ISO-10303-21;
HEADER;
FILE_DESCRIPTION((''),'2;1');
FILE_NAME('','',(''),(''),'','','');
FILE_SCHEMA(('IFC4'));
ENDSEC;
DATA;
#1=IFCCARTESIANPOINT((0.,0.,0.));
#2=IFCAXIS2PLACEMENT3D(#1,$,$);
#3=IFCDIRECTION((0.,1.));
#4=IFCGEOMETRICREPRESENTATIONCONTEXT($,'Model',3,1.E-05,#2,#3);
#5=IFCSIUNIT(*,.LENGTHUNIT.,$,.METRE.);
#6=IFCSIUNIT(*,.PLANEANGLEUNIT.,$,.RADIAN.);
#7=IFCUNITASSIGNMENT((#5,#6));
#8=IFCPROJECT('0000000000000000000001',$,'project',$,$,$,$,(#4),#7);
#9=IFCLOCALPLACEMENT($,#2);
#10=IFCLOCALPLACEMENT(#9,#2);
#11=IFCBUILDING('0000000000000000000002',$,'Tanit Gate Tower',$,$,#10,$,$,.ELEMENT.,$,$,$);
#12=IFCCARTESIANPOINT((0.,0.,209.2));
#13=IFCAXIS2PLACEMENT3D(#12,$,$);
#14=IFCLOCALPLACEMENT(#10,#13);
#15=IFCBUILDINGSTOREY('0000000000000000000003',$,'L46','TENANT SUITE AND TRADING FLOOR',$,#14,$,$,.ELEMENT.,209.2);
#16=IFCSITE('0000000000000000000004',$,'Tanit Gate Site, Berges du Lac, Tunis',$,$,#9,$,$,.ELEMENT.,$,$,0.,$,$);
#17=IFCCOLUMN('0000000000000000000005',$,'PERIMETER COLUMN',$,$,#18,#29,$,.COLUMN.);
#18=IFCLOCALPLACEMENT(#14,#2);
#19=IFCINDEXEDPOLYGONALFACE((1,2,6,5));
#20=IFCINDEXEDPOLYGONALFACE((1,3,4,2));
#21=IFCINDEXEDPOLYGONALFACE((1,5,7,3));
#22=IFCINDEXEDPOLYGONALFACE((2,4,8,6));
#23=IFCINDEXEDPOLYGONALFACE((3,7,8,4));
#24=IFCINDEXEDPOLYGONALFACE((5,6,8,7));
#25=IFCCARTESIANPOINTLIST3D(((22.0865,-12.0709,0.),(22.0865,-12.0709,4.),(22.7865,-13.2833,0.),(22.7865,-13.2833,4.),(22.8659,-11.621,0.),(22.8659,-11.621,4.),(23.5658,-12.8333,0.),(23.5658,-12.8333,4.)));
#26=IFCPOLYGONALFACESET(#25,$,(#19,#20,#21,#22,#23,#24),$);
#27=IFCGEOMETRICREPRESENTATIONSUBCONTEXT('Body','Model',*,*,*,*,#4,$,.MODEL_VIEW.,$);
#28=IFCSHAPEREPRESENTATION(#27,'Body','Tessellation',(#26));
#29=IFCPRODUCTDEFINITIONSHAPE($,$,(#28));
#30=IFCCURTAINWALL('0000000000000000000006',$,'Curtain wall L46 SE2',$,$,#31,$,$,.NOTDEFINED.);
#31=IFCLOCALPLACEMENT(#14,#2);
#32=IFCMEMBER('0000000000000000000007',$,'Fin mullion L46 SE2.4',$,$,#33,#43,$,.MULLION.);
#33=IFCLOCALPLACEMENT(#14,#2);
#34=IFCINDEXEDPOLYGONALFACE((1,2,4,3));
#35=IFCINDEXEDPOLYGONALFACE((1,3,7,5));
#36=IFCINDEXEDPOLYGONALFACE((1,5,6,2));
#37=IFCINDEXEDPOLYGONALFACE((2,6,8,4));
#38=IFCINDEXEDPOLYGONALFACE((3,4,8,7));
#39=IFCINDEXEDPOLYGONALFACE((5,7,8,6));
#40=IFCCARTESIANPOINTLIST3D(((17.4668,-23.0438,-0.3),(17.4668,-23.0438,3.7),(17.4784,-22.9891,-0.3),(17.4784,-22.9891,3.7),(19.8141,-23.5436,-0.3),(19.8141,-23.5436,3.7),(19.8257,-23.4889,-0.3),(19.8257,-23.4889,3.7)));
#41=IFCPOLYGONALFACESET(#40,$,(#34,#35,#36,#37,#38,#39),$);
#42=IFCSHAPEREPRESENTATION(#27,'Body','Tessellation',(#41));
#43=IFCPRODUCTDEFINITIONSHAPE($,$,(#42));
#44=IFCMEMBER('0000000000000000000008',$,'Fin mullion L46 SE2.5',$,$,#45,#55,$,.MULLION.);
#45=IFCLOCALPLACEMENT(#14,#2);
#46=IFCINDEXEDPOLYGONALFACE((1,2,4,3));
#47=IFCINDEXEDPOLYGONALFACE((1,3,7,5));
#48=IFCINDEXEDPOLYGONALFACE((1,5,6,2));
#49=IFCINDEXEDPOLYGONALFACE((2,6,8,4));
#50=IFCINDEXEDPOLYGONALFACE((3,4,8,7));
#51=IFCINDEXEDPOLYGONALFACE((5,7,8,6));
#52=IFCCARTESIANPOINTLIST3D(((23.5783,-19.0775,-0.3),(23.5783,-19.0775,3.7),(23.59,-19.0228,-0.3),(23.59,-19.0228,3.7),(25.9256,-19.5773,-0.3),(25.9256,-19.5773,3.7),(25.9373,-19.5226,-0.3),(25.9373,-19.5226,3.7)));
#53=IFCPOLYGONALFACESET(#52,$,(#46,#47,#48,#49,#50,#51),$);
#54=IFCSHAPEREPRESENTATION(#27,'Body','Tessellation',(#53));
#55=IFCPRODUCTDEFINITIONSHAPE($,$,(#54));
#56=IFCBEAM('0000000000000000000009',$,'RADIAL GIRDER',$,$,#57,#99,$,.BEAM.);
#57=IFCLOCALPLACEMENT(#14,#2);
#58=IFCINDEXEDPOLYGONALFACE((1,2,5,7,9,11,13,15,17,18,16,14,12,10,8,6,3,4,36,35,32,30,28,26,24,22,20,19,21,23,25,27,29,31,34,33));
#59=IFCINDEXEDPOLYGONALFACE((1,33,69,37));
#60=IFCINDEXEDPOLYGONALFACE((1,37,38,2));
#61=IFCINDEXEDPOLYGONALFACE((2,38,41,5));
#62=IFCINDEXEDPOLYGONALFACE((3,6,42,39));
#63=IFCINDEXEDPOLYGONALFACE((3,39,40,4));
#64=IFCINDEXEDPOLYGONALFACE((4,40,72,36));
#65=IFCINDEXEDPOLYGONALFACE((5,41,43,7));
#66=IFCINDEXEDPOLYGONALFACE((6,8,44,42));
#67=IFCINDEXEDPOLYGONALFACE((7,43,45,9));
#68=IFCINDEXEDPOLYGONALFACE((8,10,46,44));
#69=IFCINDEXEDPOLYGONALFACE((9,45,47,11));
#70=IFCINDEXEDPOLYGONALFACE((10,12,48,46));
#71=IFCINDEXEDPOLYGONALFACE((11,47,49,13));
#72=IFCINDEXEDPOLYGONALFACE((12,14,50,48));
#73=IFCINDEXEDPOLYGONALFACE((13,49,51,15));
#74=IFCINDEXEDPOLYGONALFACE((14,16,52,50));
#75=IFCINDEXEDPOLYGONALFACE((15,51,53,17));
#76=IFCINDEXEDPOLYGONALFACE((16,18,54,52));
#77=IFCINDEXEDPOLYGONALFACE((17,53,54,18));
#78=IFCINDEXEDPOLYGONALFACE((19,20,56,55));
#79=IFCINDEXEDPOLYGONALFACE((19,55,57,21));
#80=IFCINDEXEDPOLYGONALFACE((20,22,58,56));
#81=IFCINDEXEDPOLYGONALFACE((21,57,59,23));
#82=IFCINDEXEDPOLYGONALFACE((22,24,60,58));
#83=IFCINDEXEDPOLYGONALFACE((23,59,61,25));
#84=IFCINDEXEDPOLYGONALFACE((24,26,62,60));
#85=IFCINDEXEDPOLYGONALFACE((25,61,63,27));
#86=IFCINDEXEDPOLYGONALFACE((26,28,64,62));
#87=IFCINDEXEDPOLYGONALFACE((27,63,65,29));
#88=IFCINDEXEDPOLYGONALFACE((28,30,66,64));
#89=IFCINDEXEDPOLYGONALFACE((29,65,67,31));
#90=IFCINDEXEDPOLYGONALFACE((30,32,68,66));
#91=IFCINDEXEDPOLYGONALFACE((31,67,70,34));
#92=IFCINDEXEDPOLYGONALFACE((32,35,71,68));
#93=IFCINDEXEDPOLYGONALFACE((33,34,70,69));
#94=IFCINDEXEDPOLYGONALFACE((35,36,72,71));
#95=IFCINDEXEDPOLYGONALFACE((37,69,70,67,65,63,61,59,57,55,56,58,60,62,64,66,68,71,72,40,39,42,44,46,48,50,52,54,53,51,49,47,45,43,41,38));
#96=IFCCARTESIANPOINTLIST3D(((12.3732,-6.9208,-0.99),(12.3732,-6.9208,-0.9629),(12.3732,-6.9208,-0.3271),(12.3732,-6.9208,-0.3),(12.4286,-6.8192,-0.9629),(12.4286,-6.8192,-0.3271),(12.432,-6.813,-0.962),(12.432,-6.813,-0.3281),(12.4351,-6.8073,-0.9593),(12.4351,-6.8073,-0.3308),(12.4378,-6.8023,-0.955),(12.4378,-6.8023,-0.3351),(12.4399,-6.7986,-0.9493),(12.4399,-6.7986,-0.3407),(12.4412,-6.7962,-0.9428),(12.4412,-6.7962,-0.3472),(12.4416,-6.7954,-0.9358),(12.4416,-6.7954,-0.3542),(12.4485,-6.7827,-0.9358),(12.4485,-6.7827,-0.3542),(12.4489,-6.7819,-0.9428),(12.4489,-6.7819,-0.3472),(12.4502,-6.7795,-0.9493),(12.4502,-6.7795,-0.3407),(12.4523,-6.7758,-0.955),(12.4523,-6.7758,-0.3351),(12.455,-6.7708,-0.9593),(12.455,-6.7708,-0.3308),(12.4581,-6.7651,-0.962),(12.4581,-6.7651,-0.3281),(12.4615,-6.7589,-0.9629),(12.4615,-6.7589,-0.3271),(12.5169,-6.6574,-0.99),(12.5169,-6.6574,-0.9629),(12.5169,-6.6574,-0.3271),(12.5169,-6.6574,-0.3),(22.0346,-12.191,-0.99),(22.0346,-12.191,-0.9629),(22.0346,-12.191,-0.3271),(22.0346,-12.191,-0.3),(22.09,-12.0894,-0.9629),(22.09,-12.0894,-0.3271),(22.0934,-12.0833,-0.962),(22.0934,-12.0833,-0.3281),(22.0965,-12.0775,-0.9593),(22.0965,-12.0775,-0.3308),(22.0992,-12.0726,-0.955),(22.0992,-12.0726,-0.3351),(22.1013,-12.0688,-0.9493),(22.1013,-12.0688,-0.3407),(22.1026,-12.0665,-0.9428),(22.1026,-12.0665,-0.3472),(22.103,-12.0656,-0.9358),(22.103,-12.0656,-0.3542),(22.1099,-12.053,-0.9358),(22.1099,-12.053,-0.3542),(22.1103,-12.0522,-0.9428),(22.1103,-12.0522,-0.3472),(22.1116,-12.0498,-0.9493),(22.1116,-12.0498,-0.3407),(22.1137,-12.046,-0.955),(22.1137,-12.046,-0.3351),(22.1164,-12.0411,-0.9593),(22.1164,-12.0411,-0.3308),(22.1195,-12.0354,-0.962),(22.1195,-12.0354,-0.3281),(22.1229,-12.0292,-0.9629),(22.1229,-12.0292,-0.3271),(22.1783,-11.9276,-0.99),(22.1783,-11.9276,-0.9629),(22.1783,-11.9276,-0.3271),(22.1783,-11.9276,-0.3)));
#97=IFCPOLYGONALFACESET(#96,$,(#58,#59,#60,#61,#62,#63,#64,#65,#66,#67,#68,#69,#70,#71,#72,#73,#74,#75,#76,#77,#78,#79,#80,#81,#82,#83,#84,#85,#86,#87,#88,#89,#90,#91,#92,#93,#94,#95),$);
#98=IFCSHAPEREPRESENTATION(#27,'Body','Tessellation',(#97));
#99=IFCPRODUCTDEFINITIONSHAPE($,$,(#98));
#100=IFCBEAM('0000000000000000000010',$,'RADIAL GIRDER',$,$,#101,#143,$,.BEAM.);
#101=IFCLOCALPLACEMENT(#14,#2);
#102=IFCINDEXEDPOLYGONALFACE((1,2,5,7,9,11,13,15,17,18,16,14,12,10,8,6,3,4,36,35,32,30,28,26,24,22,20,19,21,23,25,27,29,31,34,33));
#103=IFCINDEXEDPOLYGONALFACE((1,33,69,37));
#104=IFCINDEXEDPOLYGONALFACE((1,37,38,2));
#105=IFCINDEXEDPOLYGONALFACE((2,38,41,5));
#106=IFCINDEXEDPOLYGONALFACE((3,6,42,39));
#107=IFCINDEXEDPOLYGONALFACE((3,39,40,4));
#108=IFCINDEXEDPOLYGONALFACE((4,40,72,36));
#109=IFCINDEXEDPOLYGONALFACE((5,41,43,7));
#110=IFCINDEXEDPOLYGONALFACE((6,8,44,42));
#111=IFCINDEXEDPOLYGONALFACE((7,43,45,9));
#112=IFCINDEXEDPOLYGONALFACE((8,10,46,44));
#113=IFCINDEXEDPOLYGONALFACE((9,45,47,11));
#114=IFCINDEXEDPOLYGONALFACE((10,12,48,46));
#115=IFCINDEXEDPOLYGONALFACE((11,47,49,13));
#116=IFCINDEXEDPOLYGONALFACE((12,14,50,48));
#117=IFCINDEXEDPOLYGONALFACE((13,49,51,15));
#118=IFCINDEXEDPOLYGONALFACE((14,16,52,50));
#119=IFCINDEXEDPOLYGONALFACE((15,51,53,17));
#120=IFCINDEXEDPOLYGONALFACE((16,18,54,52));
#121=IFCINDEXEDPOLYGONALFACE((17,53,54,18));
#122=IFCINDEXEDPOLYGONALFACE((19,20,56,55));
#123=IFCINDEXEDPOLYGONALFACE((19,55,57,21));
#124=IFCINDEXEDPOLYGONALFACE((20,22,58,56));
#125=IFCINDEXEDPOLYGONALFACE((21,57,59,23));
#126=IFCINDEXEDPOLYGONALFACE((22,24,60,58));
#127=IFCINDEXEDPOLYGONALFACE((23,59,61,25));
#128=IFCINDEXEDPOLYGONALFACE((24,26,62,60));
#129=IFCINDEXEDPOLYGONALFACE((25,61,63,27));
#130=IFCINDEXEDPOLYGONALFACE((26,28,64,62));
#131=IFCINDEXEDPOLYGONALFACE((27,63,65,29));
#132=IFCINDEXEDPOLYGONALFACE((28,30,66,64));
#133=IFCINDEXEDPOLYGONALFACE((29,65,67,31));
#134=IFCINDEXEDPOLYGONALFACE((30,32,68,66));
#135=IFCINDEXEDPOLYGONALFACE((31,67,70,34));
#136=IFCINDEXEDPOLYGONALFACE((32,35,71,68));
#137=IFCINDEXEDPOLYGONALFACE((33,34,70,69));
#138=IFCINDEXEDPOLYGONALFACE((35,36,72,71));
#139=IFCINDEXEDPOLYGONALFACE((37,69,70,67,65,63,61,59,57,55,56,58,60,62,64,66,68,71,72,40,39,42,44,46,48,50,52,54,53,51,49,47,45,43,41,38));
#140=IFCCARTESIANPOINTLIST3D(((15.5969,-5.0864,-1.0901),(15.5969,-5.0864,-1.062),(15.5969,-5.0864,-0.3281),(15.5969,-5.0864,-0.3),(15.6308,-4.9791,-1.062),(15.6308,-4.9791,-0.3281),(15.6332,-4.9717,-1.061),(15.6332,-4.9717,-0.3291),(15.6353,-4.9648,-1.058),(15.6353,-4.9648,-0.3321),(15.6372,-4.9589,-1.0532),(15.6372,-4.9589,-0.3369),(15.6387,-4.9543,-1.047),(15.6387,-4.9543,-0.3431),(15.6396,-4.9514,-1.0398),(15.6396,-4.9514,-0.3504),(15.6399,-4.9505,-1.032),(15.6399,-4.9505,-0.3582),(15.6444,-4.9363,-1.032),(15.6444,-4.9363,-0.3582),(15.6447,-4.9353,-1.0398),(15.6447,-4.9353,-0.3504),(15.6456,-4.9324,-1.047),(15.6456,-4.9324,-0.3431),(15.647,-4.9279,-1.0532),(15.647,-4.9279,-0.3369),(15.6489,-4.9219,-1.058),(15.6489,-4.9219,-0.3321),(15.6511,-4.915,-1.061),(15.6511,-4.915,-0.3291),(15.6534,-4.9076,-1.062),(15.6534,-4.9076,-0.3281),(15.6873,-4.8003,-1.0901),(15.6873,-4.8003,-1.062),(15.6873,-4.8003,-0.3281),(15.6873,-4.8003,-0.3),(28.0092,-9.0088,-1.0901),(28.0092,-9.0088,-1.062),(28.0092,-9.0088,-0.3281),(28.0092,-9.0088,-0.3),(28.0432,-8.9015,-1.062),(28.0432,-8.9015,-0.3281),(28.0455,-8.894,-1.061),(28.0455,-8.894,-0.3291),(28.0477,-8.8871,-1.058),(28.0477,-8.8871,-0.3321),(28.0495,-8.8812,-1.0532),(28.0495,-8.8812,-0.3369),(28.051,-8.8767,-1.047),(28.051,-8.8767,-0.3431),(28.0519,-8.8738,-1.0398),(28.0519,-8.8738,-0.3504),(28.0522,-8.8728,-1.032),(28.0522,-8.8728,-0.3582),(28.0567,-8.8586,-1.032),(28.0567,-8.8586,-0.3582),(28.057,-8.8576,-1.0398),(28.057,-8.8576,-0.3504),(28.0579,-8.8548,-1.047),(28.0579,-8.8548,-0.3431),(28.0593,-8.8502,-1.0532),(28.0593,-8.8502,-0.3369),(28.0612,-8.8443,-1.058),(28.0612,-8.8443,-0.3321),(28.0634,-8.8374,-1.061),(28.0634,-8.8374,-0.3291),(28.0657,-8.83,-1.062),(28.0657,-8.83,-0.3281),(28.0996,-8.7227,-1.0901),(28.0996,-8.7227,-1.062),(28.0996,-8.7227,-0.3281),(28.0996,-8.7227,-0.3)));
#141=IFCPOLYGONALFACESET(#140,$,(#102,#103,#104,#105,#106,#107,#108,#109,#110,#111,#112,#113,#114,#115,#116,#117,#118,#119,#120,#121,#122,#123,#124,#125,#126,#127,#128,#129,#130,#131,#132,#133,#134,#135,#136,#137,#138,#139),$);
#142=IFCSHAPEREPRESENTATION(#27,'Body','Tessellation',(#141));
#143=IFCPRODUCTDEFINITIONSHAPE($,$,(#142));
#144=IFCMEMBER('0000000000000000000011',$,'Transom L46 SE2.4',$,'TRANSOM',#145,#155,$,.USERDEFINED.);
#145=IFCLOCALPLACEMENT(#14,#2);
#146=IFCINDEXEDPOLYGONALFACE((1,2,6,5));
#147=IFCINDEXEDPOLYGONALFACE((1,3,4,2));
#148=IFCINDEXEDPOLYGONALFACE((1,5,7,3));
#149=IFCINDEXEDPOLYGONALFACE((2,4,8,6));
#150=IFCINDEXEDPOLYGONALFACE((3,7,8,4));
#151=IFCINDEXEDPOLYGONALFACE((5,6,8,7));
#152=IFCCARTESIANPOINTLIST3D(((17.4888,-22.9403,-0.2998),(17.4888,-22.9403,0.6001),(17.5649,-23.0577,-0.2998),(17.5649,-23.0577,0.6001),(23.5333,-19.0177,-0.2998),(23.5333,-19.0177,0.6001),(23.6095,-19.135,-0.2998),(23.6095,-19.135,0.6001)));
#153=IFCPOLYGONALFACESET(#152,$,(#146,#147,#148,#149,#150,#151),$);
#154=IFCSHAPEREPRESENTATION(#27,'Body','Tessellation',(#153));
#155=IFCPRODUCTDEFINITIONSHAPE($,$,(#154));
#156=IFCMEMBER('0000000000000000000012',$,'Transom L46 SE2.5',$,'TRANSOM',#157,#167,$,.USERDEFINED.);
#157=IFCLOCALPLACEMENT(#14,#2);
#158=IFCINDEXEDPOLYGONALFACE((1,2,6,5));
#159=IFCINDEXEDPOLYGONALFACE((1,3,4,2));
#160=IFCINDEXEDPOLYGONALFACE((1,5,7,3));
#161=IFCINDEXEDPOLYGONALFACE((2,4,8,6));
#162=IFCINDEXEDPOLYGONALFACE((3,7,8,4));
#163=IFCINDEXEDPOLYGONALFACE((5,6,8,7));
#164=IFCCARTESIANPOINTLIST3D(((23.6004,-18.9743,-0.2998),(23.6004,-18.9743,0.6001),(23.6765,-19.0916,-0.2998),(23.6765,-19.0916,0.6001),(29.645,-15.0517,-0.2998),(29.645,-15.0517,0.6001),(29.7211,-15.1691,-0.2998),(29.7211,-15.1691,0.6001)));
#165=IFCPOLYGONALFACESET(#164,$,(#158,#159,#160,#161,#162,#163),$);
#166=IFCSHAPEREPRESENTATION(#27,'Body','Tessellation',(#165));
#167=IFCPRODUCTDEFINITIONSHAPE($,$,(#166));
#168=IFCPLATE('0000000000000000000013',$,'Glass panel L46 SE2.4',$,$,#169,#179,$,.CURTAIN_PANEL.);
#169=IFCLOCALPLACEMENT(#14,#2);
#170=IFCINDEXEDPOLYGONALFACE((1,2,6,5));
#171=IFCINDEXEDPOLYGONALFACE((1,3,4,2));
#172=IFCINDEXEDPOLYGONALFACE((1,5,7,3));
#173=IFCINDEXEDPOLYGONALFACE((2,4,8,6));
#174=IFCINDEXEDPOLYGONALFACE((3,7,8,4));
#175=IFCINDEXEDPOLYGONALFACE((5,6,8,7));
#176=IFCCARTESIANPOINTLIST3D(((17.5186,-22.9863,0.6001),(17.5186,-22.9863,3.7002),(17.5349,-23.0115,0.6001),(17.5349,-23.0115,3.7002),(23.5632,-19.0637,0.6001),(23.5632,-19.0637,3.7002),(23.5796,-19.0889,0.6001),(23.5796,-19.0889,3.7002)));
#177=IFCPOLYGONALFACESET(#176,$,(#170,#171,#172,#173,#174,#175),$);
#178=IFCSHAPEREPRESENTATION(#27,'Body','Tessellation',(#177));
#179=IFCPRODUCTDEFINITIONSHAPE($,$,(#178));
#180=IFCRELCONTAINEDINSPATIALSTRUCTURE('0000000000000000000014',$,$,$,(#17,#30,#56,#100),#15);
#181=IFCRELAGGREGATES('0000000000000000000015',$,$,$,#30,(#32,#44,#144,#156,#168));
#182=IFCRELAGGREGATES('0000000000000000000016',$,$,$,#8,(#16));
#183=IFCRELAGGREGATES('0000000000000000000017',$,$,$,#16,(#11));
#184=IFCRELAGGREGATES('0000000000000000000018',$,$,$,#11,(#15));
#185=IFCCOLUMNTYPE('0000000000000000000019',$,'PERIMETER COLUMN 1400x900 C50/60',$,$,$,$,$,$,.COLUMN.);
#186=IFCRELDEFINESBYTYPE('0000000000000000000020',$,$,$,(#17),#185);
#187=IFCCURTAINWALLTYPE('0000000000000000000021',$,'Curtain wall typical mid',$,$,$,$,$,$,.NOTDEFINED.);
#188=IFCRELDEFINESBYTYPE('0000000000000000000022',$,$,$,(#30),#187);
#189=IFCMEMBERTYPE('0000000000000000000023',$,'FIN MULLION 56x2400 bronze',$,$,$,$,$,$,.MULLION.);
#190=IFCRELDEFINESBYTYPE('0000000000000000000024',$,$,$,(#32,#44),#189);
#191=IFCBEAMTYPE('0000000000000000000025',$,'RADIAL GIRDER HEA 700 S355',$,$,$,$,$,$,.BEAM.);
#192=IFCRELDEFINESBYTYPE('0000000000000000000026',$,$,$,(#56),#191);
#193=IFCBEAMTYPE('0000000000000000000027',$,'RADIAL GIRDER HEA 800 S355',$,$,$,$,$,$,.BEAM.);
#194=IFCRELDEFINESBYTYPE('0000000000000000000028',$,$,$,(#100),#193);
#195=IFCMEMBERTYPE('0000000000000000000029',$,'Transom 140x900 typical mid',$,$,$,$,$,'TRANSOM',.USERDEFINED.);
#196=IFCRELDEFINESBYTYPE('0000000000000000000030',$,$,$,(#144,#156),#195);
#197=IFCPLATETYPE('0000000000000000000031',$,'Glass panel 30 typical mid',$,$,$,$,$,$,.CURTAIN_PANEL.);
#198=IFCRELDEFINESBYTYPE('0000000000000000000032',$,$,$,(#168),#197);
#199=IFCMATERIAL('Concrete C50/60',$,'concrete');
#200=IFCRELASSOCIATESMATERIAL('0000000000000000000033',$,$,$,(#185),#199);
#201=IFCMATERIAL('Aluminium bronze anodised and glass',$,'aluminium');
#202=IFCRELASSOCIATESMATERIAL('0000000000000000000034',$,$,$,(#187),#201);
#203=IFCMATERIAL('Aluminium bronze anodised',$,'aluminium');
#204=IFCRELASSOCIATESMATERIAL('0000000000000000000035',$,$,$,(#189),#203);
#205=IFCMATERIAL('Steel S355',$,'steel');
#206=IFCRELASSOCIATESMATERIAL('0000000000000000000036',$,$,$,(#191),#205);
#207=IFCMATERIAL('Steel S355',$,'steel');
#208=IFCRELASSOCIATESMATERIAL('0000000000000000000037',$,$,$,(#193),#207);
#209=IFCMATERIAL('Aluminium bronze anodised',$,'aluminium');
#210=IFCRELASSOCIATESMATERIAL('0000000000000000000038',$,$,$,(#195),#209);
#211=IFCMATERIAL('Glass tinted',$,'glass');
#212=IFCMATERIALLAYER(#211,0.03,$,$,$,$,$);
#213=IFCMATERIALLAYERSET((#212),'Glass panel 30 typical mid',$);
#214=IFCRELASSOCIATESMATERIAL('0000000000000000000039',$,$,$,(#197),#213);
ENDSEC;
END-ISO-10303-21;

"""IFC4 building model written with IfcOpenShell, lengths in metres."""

from ifc_helpers import new_model, si_unit, direction, frame, origin, origin_2d, place, context, subcontext, project, spatial, rectangle, i_section, extrude, material, layer, layer_set, material_profile, profile_set, type_object, element, aggregate, save


model = new_model("IFC4")

# Units and contexts
model_context = context("Model", 3, precision=1e-05, world=origin(), true_north=direction((0.0, 1.0)))
body_context = subcontext(model_context, "Body", "Model", "MODEL_VIEW")
ifc_project = project(units=[si_unit("LENGTHUNIT", "METRE"), si_unit("PLANEANGLEUNIT", "RADIAN")], contexts=[model_context])

# Site, building, storey
site_placement = place(None, origin())
site = spatial("IfcSite", under=ifc_project, at=site_placement, Name="Tanit Gate Site, Berges du Lac, Tunis", CompositionType="ELEMENT", RefElevation=0.0)
building_placement = place(site_placement, origin())
building = spatial("IfcBuilding", under=site, at=building_placement, Name="Tanit Gate Tower", CompositionType="ELEMENT")
storey_placement = place(building_placement, frame((0.0, 0.0, 209.2)))
storey = spatial("IfcBuildingStorey", under=building, at=storey_placement, Name="L46", Description="TENANT SUITE AND TRADING FLOOR", CompositionType="ELEMENT", Elevation=209.2)

# Column
ifc_material_1 = material(Name="Concrete C50/60", Category="concrete")
ifc_material_profile_1 = material_profile(ifc_material_1, rectangle(XDim=1.3999, YDim=0.8999, at=origin_2d()), Name="RC 1400x900")
ifc_profile_set_1 = profile_set([ifc_material_profile_1], Name="Concrete C50/60")
column_type = type_object("IfcColumnType", Name="PERIMETER COLUMN 1400x900 C50/60", PredefinedType="COLUMN", material=ifc_profile_set_1)
column_placement = place(storey_placement, frame((22.8262, -12.4521, 0.0), z_axis=(0.0, 0.0, 1.0), x_axis=(0.5, -0.866025, 0.0)))
element("IfcColumn", 1, at=column_placement, inside=storey, type_object=column_type, Name="PERIMETER COLUMN", PredefinedType="COLUMN", context=body_context, shape_type="SweptSolid", body=[
    extrude(rectangle(XDim=1.3999, YDim=0.8999, at=origin_2d()), origin(), (0.0, 0.0, 1.0), 4.0),
])

# Curtain wall, members
ifc_material_2 = material(Name="Aluminium bronze anodised and glass", Category="aluminium")
curtain_wall_type = type_object("IfcCurtainWallType", Name="Curtain wall typical mid", PredefinedType="NOTDEFINED", material=ifc_material_2)
curtain_wall_placement = place(storey_placement, origin())
curtain_wall = element("IfcCurtainWall", 2, at=curtain_wall_placement, inside=storey, type_object=curtain_wall_type, Name="Curtain wall L46 SE2", PredefinedType="NOTDEFINED")
ifc_material_3 = material(Name="Aluminium bronze anodised", Category="aluminium")
ifc_material_profile_2 = material_profile(ifc_material_3, rectangle(XDim=2.3999, YDim=0.0559, at=origin_2d()), Name="56x2400 bronze fin mullion")
ifc_profile_set_2 = profile_set([ifc_material_profile_2], Name="Aluminium bronze anodised")
member_type_1 = type_object("IfcMemberType", Name="FIN MULLION 56x2400 bronze", PredefinedType="MULLION", material=ifc_profile_set_2)
member_1_placement = place(storey_placement, frame((18.6462, -23.2664, -0.3), z_axis=(0.0, 0.0, 1.0), x_axis=(-0.978078, 0.208238, 0.0)))
member_1 = element("IfcMember", 3, at=member_1_placement, type_object=member_type_1, Name="Fin mullion L46 SE2.4", PredefinedType="MULLION", context=body_context, shape_type="SweptSolid", body=[
    extrude(rectangle(XDim=2.3999, YDim=0.0559, at=origin_2d()), origin(), (0.0, 0.0, 1.0), 4.0),
])
member_2_placement = place(storey_placement, frame((24.7578, -19.3, -0.3), z_axis=(0.0, 0.0, 1.0), x_axis=(-0.978078, 0.208238, 0.0)))
member_2 = element("IfcMember", 4, at=member_2_placement, type_object=member_type_1, Name="Fin mullion L46 SE2.5", PredefinedType="MULLION", context=body_context, shape_type="SweptSolid", body=[
    extrude(rectangle(XDim=2.3999, YDim=0.0559, at=origin_2d()), origin(), (0.0, 0.0, 1.0), 4.0),
])

# Beams
ifc_material_4 = material(Name="Steel S355", Category="steel")
ifc_material_profile_3 = material_profile(ifc_material_4, i_section(OverallWidth=0.3, OverallDepth=0.6899, WebThickness=0.0144, FlangeThickness=0.0271, FilletRadius=0.0271, at=origin_2d()), Name="HEA 700")
ifc_profile_set_3 = profile_set([ifc_material_profile_3], Name="Steel S355")
beam_type_1 = type_object("IfcBeamType", Name="RADIAL GIRDER HEA 700 S355", PredefinedType="BEAM", material=ifc_profile_set_3)
beam_1_placement = place(storey_placement, frame((22.1064, -12.0593, -0.645), z_axis=(-0.877879, 0.478882, 0.0), x_axis=(-0.478882, -0.877879, 0.0)))
element("IfcBeam", 5, at=beam_1_placement, inside=storey, type_object=beam_type_1, Name="RADIAL GIRDER", PredefinedType="BEAM", context=body_context, shape_type="SweptSolid", body=[
    extrude(i_section(OverallWidth=0.3, OverallDepth=0.6899, WebThickness=0.0144, FlangeThickness=0.0271, FilletRadius=0.0271, at=origin_2d()), origin(), (0.0, 0.0, 1.0), 11.0054),
])
ifc_material_5 = material(Name="Steel S355", Category="steel")
ifc_material_profile_4 = material_profile(ifc_material_5, i_section(OverallWidth=0.3, OverallDepth=0.79, WebThickness=0.0149, FlangeThickness=0.0281, FilletRadius=0.03, at=origin_2d()), Name="HEA 800")
ifc_profile_set_4 = profile_set([ifc_material_profile_4], Name="Steel S355")
beam_type_2 = type_object("IfcBeamType", Name="RADIAL GIRDER HEA 800 S355", PredefinedType="BEAM", material=ifc_profile_set_4)
beam_2_placement = place(storey_placement, frame((28.0544, -8.8657, -0.6951), z_axis=(-0.953524, 0.301318, 0.0), x_axis=(-0.301318, -0.953524, 0.0)))
element("IfcBeam", 6, at=beam_2_placement, inside=storey, type_object=beam_type_2, Name="RADIAL GIRDER", PredefinedType="BEAM", context=body_context, shape_type="SweptSolid", body=[
    extrude(i_section(OverallWidth=0.3, OverallDepth=0.79, WebThickness=0.0149, FlangeThickness=0.0281, FilletRadius=0.03, at=origin_2d()), origin(), (0.0, 0.0, 1.0), 13.0173),
])

# Members
ifc_material_6 = material(Name="Aluminium bronze anodised", Category="aluminium")
ifc_material_profile_5 = material_profile(ifc_material_6, rectangle(XDim=0.1399, YDim=0.8999, at=origin_2d()), Name="140x900 bronze transom")
ifc_profile_set_5 = profile_set([ifc_material_profile_5], Name="Aluminium bronze anodised")
member_type_2 = type_object("IfcMemberType", Name="Transom 140x900 typical mid", ElementType="TRANSOM", PredefinedType="USERDEFINED", material=ifc_profile_set_5)
member_3_placement = place(storey_placement, frame((17.5269, -22.999, 0.1501), z_axis=(0.838841, 0.544376, 0.0), x_axis=(-0.544376, 0.838841, 0.0)))
member_3 = element("IfcMember", 7, at=member_3_placement, type_object=member_type_2, Name="Transom L46 SE2.4", ObjectType="TRANSOM", PredefinedType="USERDEFINED", context=body_context, shape_type="SweptSolid", body=[
    extrude(rectangle(XDim=0.1399, YDim=0.8999, at=origin_2d()), origin(), (0.0, 0.0, 1.0), 7.2058),
])
member_4_placement = place(storey_placement, frame((23.6384, -19.033, 0.1501), z_axis=(0.838851, 0.544361, 0.0), x_axis=(-0.544361, 0.838851, 0.0)))
member_4 = element("IfcMember", 8, at=member_4_placement, type_object=member_type_2, Name="Transom L46 SE2.5", ObjectType="TRANSOM", PredefinedType="USERDEFINED", context=body_context, shape_type="SweptSolid", body=[
    extrude(rectangle(XDim=0.1399, YDim=0.8999, at=origin_2d()), origin(), (0.0, 0.0, 1.0), 7.2058),
])

# Plate
ifc_material_7 = material(Name="Glass tinted", Category="glass")
ifc_layer_1 = layer(ifc_material_7, 0.03)
ifc_layer_set_1 = layer_set([ifc_layer_1], Name="Glass panel 30 typical mid")
plate_type = type_object("IfcPlateType", Name="Glass panel 30 typical mid", PredefinedType="CURTAIN_PANEL", material=ifc_layer_set_1)
plate_1_placement = place(storey_placement, frame((20.5491, -21.0376, 0.6001), z_axis=(0.0, 0.0, 1.0), x_axis=(0.838852, 0.544359, 0.0)))
plate_1 = element("IfcPlate", 9, at=plate_1_placement, type_object=plate_type, Name="Glass panel L46 SE2.4", PredefinedType="CURTAIN_PANEL", context=body_context, shape_type="SweptSolid", body=[
    extrude(rectangle(XDim=7.2058, YDim=0.03, at=origin_2d()), origin(), (0.0, 0.0, 1.0), 3.1001),
])
aggregate(curtain_wall, [member_1, member_2, member_3, member_4, plate_1])

save(model, "model.ifc")
